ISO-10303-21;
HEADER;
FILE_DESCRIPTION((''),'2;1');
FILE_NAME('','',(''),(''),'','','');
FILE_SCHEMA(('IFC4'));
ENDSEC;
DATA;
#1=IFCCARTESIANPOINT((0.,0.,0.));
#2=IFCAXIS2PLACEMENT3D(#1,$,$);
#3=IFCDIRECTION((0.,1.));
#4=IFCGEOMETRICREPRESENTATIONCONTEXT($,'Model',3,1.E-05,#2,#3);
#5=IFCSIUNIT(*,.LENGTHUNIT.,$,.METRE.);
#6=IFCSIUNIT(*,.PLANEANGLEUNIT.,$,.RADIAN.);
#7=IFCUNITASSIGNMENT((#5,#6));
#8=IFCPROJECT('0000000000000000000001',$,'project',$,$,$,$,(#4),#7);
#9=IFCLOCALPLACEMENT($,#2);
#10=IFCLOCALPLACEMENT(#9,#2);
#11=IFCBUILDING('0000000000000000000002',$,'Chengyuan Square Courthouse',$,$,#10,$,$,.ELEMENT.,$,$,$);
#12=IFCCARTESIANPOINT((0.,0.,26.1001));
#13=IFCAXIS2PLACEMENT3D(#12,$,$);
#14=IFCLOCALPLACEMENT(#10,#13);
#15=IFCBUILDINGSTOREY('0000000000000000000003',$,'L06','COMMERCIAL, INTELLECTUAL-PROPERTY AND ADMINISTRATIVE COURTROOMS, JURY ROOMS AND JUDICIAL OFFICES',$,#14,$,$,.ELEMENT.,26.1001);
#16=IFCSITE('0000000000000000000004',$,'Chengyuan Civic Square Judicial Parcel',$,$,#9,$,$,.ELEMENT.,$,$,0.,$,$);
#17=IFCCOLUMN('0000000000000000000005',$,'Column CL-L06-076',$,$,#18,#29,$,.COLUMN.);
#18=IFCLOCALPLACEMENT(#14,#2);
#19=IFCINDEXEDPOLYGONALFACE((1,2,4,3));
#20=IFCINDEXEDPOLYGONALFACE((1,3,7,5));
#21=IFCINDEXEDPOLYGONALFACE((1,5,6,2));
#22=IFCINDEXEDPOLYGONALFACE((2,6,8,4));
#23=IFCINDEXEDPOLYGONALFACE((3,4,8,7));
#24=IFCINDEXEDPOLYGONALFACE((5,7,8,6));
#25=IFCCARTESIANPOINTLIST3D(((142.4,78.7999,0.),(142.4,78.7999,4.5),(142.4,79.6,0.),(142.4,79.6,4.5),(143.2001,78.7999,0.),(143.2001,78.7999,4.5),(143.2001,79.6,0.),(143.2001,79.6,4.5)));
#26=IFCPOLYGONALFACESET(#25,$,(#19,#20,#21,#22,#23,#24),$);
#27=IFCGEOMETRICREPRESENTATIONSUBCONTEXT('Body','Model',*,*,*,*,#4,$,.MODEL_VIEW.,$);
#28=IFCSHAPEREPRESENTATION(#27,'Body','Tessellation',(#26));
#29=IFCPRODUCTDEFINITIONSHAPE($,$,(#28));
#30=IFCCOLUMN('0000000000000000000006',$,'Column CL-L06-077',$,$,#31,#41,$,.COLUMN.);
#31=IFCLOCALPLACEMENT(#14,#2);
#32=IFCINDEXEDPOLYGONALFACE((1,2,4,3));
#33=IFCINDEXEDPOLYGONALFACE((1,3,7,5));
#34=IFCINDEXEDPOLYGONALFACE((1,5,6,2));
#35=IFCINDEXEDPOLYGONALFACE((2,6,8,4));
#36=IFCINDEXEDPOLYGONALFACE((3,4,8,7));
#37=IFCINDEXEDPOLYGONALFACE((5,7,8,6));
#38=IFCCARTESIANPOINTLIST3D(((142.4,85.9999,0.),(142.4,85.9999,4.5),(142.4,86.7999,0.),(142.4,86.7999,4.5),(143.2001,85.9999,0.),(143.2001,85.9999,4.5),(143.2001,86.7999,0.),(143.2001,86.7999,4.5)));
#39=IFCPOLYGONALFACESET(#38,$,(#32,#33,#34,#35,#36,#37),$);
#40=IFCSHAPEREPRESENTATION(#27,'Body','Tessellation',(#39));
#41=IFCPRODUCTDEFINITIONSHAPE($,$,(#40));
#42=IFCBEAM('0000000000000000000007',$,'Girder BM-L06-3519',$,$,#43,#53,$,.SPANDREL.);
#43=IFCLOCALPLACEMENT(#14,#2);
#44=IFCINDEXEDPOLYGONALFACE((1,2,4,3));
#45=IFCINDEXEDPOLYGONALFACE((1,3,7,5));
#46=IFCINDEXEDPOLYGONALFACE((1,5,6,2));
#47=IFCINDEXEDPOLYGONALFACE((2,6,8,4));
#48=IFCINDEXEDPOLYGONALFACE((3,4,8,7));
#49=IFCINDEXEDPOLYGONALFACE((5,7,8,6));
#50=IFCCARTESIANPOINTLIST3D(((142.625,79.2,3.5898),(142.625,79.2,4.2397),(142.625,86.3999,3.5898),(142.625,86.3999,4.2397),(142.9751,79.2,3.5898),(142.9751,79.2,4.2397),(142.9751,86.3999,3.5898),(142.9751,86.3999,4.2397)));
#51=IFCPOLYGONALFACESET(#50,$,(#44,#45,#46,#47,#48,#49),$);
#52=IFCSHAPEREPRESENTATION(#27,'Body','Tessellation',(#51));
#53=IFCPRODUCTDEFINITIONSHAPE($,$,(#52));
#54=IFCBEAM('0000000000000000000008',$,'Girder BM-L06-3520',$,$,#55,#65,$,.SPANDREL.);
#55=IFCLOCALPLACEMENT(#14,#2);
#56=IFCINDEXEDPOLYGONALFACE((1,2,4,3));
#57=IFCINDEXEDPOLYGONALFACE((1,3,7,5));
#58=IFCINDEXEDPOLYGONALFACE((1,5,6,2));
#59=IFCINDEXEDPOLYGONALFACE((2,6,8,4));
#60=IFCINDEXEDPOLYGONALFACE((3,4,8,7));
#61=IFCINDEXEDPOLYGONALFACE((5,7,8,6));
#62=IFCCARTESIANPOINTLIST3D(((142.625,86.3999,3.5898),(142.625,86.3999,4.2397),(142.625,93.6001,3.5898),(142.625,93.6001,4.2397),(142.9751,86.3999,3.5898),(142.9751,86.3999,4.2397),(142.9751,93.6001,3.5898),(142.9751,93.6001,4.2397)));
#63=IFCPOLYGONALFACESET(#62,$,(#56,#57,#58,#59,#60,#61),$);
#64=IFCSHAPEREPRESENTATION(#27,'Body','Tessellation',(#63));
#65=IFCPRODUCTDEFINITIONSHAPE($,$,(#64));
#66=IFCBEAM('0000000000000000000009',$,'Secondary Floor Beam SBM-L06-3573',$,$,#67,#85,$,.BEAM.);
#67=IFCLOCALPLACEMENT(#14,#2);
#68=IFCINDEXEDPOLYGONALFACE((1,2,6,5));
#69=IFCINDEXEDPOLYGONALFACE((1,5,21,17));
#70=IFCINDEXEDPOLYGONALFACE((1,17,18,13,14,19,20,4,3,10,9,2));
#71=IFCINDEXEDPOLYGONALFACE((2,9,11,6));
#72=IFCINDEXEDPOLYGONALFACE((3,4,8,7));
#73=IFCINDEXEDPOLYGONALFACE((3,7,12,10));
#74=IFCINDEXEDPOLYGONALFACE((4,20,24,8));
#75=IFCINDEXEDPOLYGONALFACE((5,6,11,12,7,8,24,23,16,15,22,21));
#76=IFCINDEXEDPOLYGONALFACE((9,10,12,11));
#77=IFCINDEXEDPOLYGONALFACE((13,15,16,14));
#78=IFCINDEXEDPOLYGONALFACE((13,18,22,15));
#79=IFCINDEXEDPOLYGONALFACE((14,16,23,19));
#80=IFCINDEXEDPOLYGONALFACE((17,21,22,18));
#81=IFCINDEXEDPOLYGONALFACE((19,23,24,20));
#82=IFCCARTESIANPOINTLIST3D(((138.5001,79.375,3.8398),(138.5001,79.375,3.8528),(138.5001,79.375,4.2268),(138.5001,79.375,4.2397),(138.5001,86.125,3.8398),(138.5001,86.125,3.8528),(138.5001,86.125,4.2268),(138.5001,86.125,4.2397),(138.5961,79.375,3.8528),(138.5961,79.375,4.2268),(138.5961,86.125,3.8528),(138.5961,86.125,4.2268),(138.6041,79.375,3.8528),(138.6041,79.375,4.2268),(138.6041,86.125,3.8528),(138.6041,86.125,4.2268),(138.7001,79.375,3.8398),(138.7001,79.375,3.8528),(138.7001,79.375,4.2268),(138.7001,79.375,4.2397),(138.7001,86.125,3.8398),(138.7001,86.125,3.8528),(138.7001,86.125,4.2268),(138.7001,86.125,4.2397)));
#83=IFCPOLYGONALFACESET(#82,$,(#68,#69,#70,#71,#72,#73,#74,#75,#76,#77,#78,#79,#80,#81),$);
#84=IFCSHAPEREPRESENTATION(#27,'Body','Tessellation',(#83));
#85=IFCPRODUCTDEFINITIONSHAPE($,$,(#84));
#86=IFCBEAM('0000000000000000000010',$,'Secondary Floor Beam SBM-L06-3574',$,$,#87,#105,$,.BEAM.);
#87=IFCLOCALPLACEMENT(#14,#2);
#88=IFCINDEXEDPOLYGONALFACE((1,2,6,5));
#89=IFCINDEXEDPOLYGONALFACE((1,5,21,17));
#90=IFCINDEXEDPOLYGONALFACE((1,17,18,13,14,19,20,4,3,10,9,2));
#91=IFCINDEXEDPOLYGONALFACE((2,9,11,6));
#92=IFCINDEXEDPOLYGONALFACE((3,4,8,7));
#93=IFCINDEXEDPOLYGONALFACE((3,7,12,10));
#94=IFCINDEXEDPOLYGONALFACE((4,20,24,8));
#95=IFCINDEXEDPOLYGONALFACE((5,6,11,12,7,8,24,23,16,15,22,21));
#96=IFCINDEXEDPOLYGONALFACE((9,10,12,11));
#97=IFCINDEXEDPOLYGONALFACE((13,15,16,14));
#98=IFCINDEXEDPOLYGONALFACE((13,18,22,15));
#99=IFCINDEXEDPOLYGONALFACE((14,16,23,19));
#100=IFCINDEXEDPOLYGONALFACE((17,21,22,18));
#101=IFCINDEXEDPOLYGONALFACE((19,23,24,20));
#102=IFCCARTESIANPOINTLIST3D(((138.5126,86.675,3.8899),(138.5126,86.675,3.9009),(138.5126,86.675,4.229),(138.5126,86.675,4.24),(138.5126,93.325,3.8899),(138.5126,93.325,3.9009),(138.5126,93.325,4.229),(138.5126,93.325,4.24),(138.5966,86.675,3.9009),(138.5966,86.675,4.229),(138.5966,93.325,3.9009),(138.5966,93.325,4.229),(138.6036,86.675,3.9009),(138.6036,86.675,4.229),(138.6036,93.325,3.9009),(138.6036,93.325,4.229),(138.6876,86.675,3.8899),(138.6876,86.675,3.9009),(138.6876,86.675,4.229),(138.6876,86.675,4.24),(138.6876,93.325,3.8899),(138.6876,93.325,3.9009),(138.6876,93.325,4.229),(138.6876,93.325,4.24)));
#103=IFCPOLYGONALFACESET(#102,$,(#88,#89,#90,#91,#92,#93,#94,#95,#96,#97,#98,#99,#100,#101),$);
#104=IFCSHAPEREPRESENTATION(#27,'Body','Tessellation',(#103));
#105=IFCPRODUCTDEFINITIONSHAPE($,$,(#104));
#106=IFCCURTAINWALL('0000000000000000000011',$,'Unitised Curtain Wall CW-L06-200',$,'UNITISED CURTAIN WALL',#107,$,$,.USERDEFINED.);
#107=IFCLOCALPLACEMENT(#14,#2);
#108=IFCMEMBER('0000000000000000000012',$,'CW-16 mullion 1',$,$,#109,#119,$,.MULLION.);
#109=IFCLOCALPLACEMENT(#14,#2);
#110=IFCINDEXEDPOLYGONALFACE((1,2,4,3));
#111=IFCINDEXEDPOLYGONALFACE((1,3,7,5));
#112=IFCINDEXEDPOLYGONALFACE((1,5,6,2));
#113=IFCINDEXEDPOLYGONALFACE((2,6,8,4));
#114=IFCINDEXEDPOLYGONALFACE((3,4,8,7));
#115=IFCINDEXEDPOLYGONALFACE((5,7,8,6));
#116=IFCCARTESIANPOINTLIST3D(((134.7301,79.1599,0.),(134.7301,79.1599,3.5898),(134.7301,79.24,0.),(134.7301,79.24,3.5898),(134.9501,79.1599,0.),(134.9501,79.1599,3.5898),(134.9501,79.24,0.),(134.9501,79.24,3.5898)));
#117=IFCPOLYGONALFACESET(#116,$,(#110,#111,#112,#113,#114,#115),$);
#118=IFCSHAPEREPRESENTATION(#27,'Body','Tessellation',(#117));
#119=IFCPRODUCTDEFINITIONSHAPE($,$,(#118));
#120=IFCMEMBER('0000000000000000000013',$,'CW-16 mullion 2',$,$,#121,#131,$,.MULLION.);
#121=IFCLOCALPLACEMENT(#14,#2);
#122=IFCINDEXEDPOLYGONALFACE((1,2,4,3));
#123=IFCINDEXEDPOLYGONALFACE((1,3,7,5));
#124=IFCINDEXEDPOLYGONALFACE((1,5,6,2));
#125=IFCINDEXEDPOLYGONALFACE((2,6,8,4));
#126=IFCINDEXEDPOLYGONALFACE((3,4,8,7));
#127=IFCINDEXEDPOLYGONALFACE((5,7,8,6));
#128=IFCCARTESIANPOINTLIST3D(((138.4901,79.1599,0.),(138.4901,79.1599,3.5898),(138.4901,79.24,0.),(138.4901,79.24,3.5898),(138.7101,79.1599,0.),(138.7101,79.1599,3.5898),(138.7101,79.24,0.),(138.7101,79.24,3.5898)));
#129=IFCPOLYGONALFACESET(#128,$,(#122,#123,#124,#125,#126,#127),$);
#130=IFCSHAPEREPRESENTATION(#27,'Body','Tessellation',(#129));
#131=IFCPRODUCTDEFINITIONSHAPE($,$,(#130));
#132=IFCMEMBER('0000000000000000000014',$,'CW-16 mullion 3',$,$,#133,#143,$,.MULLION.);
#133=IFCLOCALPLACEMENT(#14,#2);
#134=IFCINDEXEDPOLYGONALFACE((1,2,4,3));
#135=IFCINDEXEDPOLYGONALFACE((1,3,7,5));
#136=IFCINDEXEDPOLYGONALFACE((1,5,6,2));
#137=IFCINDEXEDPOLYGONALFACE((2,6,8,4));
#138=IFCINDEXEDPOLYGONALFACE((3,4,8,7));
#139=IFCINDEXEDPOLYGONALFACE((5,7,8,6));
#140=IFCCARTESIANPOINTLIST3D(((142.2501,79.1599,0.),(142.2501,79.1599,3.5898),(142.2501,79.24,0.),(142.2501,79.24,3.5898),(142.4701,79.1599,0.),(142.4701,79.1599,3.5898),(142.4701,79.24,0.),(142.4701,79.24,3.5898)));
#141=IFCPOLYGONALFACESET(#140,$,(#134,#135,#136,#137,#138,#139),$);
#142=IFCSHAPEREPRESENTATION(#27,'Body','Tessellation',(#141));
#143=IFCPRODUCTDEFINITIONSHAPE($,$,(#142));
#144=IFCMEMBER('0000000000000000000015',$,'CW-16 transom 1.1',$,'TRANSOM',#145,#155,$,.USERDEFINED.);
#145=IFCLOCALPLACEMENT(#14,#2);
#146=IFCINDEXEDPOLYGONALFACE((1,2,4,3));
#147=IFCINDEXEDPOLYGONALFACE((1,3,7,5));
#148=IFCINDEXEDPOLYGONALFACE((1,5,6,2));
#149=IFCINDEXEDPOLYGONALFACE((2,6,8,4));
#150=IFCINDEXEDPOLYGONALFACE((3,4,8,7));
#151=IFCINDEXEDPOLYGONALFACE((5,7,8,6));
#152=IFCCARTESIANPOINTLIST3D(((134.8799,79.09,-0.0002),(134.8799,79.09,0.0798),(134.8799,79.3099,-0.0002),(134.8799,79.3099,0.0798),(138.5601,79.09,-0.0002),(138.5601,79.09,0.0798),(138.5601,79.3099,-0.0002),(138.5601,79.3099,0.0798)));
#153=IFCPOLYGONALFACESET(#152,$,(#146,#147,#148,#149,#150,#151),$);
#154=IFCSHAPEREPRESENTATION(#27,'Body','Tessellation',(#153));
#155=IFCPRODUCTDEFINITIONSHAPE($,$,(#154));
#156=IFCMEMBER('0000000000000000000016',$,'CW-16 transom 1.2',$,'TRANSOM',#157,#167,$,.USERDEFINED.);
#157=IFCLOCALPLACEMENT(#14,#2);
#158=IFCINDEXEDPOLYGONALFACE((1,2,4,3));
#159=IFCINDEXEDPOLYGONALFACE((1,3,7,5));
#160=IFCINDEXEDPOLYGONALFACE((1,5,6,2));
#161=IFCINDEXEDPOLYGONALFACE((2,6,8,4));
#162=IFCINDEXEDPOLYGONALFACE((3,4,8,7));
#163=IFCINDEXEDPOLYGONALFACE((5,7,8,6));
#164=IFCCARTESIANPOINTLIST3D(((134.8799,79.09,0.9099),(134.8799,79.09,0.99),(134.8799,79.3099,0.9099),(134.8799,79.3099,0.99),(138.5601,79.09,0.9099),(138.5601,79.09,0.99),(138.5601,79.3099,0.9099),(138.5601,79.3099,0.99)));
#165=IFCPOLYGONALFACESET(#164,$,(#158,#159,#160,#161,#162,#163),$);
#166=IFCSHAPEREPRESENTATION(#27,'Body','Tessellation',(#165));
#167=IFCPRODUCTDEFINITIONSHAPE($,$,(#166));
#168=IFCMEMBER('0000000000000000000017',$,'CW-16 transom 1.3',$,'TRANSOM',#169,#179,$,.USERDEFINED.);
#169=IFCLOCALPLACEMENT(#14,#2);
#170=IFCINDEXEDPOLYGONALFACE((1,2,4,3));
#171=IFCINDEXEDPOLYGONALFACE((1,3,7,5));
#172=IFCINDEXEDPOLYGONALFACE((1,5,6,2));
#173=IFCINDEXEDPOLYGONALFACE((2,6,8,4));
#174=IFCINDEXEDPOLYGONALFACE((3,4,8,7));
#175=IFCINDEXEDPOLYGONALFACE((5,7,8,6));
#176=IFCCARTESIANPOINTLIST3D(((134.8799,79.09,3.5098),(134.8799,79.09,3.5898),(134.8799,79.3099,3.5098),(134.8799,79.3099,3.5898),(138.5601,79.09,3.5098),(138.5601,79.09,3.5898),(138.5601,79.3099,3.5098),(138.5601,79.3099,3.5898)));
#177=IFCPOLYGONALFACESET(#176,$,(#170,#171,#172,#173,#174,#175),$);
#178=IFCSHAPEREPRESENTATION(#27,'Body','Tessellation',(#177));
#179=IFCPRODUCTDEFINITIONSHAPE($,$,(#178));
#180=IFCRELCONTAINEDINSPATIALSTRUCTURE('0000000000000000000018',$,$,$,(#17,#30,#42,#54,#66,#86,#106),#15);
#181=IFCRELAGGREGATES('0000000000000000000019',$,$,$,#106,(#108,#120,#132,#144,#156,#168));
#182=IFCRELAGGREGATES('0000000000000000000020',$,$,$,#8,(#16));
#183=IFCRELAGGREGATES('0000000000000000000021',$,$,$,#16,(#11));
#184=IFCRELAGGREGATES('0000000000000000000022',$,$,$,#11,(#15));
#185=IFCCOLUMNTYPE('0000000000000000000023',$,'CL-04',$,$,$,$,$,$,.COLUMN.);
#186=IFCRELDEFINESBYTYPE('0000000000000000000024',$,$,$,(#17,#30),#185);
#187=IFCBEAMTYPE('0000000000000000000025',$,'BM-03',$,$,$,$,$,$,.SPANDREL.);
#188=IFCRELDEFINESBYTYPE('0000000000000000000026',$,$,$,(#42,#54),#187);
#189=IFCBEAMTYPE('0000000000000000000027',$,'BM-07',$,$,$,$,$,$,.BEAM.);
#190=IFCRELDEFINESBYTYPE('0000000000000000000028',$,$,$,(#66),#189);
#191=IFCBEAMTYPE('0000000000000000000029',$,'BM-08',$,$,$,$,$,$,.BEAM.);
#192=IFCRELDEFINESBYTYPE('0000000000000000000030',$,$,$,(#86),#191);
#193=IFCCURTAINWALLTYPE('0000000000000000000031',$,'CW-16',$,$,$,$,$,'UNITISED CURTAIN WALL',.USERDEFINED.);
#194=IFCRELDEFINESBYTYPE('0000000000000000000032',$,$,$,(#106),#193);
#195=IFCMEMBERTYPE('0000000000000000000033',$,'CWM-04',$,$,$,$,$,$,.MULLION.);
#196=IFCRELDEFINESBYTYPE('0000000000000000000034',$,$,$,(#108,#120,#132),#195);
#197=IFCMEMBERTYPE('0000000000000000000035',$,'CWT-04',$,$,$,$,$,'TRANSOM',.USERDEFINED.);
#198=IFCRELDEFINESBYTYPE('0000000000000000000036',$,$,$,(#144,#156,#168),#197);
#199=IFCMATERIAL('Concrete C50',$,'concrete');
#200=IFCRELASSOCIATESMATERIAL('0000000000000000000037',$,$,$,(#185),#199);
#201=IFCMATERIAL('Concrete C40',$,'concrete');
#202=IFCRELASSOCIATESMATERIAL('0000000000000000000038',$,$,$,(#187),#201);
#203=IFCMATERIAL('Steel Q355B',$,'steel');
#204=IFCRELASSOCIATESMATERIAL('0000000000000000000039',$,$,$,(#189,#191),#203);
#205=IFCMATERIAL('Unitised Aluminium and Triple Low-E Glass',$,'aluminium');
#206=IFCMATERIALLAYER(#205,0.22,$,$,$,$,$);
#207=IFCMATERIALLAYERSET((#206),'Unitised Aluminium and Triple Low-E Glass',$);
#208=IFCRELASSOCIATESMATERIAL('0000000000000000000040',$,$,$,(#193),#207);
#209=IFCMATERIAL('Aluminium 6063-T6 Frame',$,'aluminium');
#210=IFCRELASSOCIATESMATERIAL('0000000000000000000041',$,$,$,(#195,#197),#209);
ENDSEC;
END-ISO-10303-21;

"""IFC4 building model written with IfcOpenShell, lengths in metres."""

from ifc_helpers import new_model, si_unit, direction, frame, origin, origin_2d, place, context, subcontext, project, spatial, rectangle, i_section, extrude, material, layer, layer_set, material_profile, profile_set, type_object, element, aggregate, save


model = new_model("IFC4")

# Units and contexts
model_context = context("Model", 3, precision=1e-05, world=origin(), true_north=direction((0.0, 1.0)))
body_context = subcontext(model_context, "Body", "Model", "MODEL_VIEW")
ifc_project = project(units=[si_unit("LENGTHUNIT", "METRE"), si_unit("PLANEANGLEUNIT", "RADIAN")], contexts=[model_context])

# Site, building, storey
site_placement = place(None, origin())
site = spatial("IfcSite", under=ifc_project, at=site_placement, Name="Chengyuan Civic Square Judicial Parcel", CompositionType="ELEMENT", RefElevation=0.0)
building_placement = place(site_placement, origin())
building = spatial("IfcBuilding", under=site, at=building_placement, Name="Chengyuan Square Courthouse", CompositionType="ELEMENT")
storey_placement = place(building_placement, frame((0.0, 0.0, 26.1001)))
storey = spatial("IfcBuildingStorey", under=building, at=storey_placement, Name="L06", Description="COMMERCIAL, INTELLECTUAL-PROPERTY AND ADMINISTRATIVE COURTROOMS, JURY ROOMS AND JUDICIAL OFFICES", CompositionType="ELEMENT", Elevation=26.1001)

# Columns
ifc_material_1 = material(Name="Concrete C50", Category="concrete")
ifc_material_profile_1 = material_profile(ifc_material_1, rectangle(XDim=0.8, YDim=0.8, at=origin_2d()), Name="RC-COL-800x800")
ifc_profile_set_1 = profile_set([ifc_material_profile_1], Name="Concrete C50")
column_type = type_object("IfcColumnType", Name="CL-04", PredefinedType="COLUMN", material=ifc_profile_set_1)
for number, where, z_axis, x_axis, name in (
    (1, (142.8, 79.2, 0.0), (0.0, 0.0, 1.0), (1.0, 0.0, 0.0), "Column CL-L06-076"),
    (2, (142.8, 86.3999, 0.0), (0.0, 0.0, 1.0), (1.0, 0.0, 0.0), "Column CL-L06-077"),
):
    element("IfcColumn", number, at=place(storey_placement, frame(where, z_axis=z_axis, x_axis=x_axis)), inside=storey, type_object=column_type, Name=name, PredefinedType="COLUMN", context=body_context, shape_type="SweptSolid", body=[
        extrude(rectangle(XDim=0.8, YDim=0.8, at=origin_2d()), origin(), (0.0, 0.0, 1.0), 4.5),
    ])

# Beams
ifc_material_2 = material(Name="Concrete C40", Category="concrete")
ifc_material_profile_2 = material_profile(ifc_material_2, rectangle(XDim=0.3501, YDim=0.6499, at=origin_2d()), Name="RC-BM-350x650")
ifc_profile_set_2 = profile_set([ifc_material_profile_2], Name="Concrete C40")
beam_type_1 = type_object("IfcBeamType", Name="BM-03", PredefinedType="SPANDREL", material=ifc_profile_set_2)
beam_1_placement = place(storey_placement, frame((142.8, 79.2, 3.9148), z_axis=(0.0, 1.0, 0.0), x_axis=(-1.0, 0.0, 0.0)))
element("IfcBeam", 3, at=beam_1_placement, inside=storey, type_object=beam_type_1, Name="Girder BM-L06-3519", PredefinedType="SPANDREL", context=body_context, shape_type="SweptSolid", body=[
    extrude(rectangle(XDim=0.3501, YDim=0.6499, at=origin_2d()), origin(), (0.0, 0.0, 1.0), 7.2),
])
beam_2_placement = place(storey_placement, frame((142.8, 86.3999, 3.9148), z_axis=(0.0, 1.0, 0.0), x_axis=(-1.0, 0.0, 0.0)))
element("IfcBeam", 4, at=beam_2_placement, inside=storey, type_object=beam_type_1, Name="Girder BM-L06-3520", PredefinedType="SPANDREL", context=body_context, shape_type="SweptSolid", body=[
    extrude(rectangle(XDim=0.3501, YDim=0.6499, at=origin_2d()), origin(), (0.0, 0.0, 1.0), 7.2002),
])
ifc_material_3 = material(Name="Steel Q355B", Category="steel")
ifc_material_profile_3 = material_profile(ifc_material_3, i_section(OverallWidth=0.2, OverallDepth=0.3999, WebThickness=0.0081, FlangeThickness=0.0129, at=origin_2d()), Name="HN 400x200x8x13")
ifc_profile_set_3 = profile_set([ifc_material_profile_3], Name="Steel Q355B")
beam_type_2 = type_object("IfcBeamType", Name="BM-07", PredefinedType="BEAM", material=ifc_profile_set_3)
beam_3_placement = place(storey_placement, frame((138.6001, 79.375, 4.0398), z_axis=(0.0, 1.0, 0.0), x_axis=(-1.0, 0.0, 0.0)))
element("IfcBeam", 5, at=beam_3_placement, inside=storey, type_object=beam_type_2, Name="Secondary Floor Beam SBM-L06-3573", PredefinedType="BEAM", context=body_context, shape_type="SweptSolid", body=[
    extrude(i_section(OverallWidth=0.2, OverallDepth=0.3999, WebThickness=0.0081, FlangeThickness=0.0129, at=origin_2d()), origin(), (0.0, 0.0, 1.0), 6.75),
])
ifc_material_profile_4 = material_profile(ifc_material_3, i_section(OverallWidth=0.175, OverallDepth=0.3501, WebThickness=0.0071, FlangeThickness=0.011, at=origin_2d()), Name="HN 350x175x7x11")
ifc_profile_set_4 = profile_set([ifc_material_profile_4], Name="Steel Q355B")
beam_type_3 = type_object("IfcBeamType", Name="BM-08", PredefinedType="BEAM", material=ifc_profile_set_4)
beam_4_placement = place(storey_placement, frame((138.6001, 86.675, 4.0649), z_axis=(0.0, 1.0, 0.0), x_axis=(-1.0, 0.0, 0.0)))
element("IfcBeam", 6, at=beam_4_placement, inside=storey, type_object=beam_type_3, Name="Secondary Floor Beam SBM-L06-3574", PredefinedType="BEAM", context=body_context, shape_type="SweptSolid", body=[
    extrude(i_section(OverallWidth=0.175, OverallDepth=0.3501, WebThickness=0.0071, FlangeThickness=0.011, at=origin_2d()), origin(), (0.0, 0.0, 1.0), 6.6499),
])

# Curtain wall, members
ifc_material_4 = material(Name="Unitised Aluminium and Triple Low-E Glass", Category="aluminium")
ifc_layer_1 = layer(ifc_material_4, 0.22)
ifc_layer_set_1 = layer_set([ifc_layer_1], Name="Unitised Aluminium and Triple Low-E Glass")
curtain_wall_type = type_object("IfcCurtainWallType", Name="CW-16", ElementType="UNITISED CURTAIN WALL", PredefinedType="USERDEFINED", material=ifc_layer_set_1)
curtain_wall_placement = place(storey_placement, origin())
curtain_wall = element("IfcCurtainWall", 7, at=curtain_wall_placement, inside=storey, type_object=curtain_wall_type, Name="Unitised Curtain Wall CW-L06-200", ObjectType="UNITISED CURTAIN WALL", PredefinedType="USERDEFINED")
ifc_material_5 = material(Name="Aluminium 6063-T6 Frame", Category="aluminium")
ifc_material_profile_5 = material_profile(ifc_material_5, rectangle(XDim=0.0801, YDim=0.22, at=origin_2d()), Name="CW-MUL-80x220")
ifc_profile_set_5 = profile_set([ifc_material_profile_5], Name="Aluminium 6063-T6 Frame")
member_type_1 = type_object("IfcMemberType", Name="CWM-04", PredefinedType="MULLION", material=ifc_profile_set_5)
member_1_placement = place(storey_placement, frame((134.8401, 79.2, 0.0), z_axis=(0.0, 0.0, 1.0), x_axis=(0.0, 1.0, 0.0)))
member_1 = element("IfcMember", 8, at=member_1_placement, type_object=member_type_1, Name="CW-16 mullion 1", PredefinedType="MULLION", context=body_context, shape_type="SweptSolid", body=[
    extrude(rectangle(XDim=0.0801, YDim=0.22, at=origin_2d()), origin(), (0.0, 0.0, 1.0), 3.5898),
])
member_2_placement = place(storey_placement, frame((138.6001, 79.2, 0.0), z_axis=(0.0, 0.0, 1.0), x_axis=(0.0, 1.0, 0.0)))
member_2 = element("IfcMember", 9, at=member_2_placement, type_object=member_type_1, Name="CW-16 mullion 2", PredefinedType="MULLION", context=body_context, shape_type="SweptSolid", body=[
    extrude(rectangle(XDim=0.0801, YDim=0.22, at=origin_2d()), origin(), (0.0, 0.0, 1.0), 3.5898),
])
member_3_placement = place(storey_placement, frame((142.3601, 79.2, 0.0), z_axis=(0.0, 0.0, 1.0), x_axis=(0.0, 1.0, 0.0)))
member_3 = element("IfcMember", 10, at=member_3_placement, type_object=member_type_1, Name="CW-16 mullion 3", PredefinedType="MULLION", context=body_context, shape_type="SweptSolid", body=[
    extrude(rectangle(XDim=0.0801, YDim=0.22, at=origin_2d()), origin(), (0.0, 0.0, 1.0), 3.5898),
])
ifc_material_profile_6 = material_profile(ifc_material_5, rectangle(XDim=0.22, YDim=0.0801, at=origin_2d()), Name="CW-TRN-80x180")
ifc_profile_set_6 = profile_set([ifc_material_profile_6], Name="Aluminium 6063-T6 Frame")
member_type_2 = type_object("IfcMemberType", Name="CWT-04", ElementType="TRANSOM", PredefinedType="USERDEFINED", material=ifc_profile_set_6)
member_4_placement = place(storey_placement, frame((134.8799, 79.2, 0.0398), z_axis=(1.0, 0.0, 0.0), x_axis=(0.0, 1.0, 0.0)))
member_4 = element("IfcMember", 11, at=member_4_placement, type_object=member_type_2, Name="CW-16 transom 1.1", ObjectType="TRANSOM", PredefinedType="USERDEFINED", context=body_context, shape_type="SweptSolid", body=[
    extrude(rectangle(XDim=0.22, YDim=0.0801, at=origin_2d()), origin(), (0.0, 0.0, 1.0), 3.6802),
])
member_5_placement = place(storey_placement, frame((134.8799, 79.2, 0.95), z_axis=(1.0, 0.0, 0.0), x_axis=(0.0, 1.0, 0.0)))
member_5 = element("IfcMember", 12, at=member_5_placement, type_object=member_type_2, Name="CW-16 transom 1.2", ObjectType="TRANSOM", PredefinedType="USERDEFINED", context=body_context, shape_type="SweptSolid", body=[
    extrude(rectangle(XDim=0.22, YDim=0.0801, at=origin_2d()), origin(), (0.0, 0.0, 1.0), 3.6802),
])
member_6_placement = place(storey_placement, frame((134.8799, 79.2, 3.5498), z_axis=(1.0, 0.0, 0.0), x_axis=(0.0, 1.0, 0.0)))
member_6 = element("IfcMember", 13, at=member_6_placement, type_object=member_type_2, Name="CW-16 transom 1.3", ObjectType="TRANSOM", PredefinedType="USERDEFINED", context=body_context, shape_type="SweptSolid", body=[
    extrude(rectangle(XDim=0.22, YDim=0.0801, at=origin_2d()), origin(), (0.0, 0.0, 1.0), 3.6802),
])
aggregate(curtain_wall, [member_1, member_2, member_3, member_4, member_5, member_6])

save(model, "model.ifc")
